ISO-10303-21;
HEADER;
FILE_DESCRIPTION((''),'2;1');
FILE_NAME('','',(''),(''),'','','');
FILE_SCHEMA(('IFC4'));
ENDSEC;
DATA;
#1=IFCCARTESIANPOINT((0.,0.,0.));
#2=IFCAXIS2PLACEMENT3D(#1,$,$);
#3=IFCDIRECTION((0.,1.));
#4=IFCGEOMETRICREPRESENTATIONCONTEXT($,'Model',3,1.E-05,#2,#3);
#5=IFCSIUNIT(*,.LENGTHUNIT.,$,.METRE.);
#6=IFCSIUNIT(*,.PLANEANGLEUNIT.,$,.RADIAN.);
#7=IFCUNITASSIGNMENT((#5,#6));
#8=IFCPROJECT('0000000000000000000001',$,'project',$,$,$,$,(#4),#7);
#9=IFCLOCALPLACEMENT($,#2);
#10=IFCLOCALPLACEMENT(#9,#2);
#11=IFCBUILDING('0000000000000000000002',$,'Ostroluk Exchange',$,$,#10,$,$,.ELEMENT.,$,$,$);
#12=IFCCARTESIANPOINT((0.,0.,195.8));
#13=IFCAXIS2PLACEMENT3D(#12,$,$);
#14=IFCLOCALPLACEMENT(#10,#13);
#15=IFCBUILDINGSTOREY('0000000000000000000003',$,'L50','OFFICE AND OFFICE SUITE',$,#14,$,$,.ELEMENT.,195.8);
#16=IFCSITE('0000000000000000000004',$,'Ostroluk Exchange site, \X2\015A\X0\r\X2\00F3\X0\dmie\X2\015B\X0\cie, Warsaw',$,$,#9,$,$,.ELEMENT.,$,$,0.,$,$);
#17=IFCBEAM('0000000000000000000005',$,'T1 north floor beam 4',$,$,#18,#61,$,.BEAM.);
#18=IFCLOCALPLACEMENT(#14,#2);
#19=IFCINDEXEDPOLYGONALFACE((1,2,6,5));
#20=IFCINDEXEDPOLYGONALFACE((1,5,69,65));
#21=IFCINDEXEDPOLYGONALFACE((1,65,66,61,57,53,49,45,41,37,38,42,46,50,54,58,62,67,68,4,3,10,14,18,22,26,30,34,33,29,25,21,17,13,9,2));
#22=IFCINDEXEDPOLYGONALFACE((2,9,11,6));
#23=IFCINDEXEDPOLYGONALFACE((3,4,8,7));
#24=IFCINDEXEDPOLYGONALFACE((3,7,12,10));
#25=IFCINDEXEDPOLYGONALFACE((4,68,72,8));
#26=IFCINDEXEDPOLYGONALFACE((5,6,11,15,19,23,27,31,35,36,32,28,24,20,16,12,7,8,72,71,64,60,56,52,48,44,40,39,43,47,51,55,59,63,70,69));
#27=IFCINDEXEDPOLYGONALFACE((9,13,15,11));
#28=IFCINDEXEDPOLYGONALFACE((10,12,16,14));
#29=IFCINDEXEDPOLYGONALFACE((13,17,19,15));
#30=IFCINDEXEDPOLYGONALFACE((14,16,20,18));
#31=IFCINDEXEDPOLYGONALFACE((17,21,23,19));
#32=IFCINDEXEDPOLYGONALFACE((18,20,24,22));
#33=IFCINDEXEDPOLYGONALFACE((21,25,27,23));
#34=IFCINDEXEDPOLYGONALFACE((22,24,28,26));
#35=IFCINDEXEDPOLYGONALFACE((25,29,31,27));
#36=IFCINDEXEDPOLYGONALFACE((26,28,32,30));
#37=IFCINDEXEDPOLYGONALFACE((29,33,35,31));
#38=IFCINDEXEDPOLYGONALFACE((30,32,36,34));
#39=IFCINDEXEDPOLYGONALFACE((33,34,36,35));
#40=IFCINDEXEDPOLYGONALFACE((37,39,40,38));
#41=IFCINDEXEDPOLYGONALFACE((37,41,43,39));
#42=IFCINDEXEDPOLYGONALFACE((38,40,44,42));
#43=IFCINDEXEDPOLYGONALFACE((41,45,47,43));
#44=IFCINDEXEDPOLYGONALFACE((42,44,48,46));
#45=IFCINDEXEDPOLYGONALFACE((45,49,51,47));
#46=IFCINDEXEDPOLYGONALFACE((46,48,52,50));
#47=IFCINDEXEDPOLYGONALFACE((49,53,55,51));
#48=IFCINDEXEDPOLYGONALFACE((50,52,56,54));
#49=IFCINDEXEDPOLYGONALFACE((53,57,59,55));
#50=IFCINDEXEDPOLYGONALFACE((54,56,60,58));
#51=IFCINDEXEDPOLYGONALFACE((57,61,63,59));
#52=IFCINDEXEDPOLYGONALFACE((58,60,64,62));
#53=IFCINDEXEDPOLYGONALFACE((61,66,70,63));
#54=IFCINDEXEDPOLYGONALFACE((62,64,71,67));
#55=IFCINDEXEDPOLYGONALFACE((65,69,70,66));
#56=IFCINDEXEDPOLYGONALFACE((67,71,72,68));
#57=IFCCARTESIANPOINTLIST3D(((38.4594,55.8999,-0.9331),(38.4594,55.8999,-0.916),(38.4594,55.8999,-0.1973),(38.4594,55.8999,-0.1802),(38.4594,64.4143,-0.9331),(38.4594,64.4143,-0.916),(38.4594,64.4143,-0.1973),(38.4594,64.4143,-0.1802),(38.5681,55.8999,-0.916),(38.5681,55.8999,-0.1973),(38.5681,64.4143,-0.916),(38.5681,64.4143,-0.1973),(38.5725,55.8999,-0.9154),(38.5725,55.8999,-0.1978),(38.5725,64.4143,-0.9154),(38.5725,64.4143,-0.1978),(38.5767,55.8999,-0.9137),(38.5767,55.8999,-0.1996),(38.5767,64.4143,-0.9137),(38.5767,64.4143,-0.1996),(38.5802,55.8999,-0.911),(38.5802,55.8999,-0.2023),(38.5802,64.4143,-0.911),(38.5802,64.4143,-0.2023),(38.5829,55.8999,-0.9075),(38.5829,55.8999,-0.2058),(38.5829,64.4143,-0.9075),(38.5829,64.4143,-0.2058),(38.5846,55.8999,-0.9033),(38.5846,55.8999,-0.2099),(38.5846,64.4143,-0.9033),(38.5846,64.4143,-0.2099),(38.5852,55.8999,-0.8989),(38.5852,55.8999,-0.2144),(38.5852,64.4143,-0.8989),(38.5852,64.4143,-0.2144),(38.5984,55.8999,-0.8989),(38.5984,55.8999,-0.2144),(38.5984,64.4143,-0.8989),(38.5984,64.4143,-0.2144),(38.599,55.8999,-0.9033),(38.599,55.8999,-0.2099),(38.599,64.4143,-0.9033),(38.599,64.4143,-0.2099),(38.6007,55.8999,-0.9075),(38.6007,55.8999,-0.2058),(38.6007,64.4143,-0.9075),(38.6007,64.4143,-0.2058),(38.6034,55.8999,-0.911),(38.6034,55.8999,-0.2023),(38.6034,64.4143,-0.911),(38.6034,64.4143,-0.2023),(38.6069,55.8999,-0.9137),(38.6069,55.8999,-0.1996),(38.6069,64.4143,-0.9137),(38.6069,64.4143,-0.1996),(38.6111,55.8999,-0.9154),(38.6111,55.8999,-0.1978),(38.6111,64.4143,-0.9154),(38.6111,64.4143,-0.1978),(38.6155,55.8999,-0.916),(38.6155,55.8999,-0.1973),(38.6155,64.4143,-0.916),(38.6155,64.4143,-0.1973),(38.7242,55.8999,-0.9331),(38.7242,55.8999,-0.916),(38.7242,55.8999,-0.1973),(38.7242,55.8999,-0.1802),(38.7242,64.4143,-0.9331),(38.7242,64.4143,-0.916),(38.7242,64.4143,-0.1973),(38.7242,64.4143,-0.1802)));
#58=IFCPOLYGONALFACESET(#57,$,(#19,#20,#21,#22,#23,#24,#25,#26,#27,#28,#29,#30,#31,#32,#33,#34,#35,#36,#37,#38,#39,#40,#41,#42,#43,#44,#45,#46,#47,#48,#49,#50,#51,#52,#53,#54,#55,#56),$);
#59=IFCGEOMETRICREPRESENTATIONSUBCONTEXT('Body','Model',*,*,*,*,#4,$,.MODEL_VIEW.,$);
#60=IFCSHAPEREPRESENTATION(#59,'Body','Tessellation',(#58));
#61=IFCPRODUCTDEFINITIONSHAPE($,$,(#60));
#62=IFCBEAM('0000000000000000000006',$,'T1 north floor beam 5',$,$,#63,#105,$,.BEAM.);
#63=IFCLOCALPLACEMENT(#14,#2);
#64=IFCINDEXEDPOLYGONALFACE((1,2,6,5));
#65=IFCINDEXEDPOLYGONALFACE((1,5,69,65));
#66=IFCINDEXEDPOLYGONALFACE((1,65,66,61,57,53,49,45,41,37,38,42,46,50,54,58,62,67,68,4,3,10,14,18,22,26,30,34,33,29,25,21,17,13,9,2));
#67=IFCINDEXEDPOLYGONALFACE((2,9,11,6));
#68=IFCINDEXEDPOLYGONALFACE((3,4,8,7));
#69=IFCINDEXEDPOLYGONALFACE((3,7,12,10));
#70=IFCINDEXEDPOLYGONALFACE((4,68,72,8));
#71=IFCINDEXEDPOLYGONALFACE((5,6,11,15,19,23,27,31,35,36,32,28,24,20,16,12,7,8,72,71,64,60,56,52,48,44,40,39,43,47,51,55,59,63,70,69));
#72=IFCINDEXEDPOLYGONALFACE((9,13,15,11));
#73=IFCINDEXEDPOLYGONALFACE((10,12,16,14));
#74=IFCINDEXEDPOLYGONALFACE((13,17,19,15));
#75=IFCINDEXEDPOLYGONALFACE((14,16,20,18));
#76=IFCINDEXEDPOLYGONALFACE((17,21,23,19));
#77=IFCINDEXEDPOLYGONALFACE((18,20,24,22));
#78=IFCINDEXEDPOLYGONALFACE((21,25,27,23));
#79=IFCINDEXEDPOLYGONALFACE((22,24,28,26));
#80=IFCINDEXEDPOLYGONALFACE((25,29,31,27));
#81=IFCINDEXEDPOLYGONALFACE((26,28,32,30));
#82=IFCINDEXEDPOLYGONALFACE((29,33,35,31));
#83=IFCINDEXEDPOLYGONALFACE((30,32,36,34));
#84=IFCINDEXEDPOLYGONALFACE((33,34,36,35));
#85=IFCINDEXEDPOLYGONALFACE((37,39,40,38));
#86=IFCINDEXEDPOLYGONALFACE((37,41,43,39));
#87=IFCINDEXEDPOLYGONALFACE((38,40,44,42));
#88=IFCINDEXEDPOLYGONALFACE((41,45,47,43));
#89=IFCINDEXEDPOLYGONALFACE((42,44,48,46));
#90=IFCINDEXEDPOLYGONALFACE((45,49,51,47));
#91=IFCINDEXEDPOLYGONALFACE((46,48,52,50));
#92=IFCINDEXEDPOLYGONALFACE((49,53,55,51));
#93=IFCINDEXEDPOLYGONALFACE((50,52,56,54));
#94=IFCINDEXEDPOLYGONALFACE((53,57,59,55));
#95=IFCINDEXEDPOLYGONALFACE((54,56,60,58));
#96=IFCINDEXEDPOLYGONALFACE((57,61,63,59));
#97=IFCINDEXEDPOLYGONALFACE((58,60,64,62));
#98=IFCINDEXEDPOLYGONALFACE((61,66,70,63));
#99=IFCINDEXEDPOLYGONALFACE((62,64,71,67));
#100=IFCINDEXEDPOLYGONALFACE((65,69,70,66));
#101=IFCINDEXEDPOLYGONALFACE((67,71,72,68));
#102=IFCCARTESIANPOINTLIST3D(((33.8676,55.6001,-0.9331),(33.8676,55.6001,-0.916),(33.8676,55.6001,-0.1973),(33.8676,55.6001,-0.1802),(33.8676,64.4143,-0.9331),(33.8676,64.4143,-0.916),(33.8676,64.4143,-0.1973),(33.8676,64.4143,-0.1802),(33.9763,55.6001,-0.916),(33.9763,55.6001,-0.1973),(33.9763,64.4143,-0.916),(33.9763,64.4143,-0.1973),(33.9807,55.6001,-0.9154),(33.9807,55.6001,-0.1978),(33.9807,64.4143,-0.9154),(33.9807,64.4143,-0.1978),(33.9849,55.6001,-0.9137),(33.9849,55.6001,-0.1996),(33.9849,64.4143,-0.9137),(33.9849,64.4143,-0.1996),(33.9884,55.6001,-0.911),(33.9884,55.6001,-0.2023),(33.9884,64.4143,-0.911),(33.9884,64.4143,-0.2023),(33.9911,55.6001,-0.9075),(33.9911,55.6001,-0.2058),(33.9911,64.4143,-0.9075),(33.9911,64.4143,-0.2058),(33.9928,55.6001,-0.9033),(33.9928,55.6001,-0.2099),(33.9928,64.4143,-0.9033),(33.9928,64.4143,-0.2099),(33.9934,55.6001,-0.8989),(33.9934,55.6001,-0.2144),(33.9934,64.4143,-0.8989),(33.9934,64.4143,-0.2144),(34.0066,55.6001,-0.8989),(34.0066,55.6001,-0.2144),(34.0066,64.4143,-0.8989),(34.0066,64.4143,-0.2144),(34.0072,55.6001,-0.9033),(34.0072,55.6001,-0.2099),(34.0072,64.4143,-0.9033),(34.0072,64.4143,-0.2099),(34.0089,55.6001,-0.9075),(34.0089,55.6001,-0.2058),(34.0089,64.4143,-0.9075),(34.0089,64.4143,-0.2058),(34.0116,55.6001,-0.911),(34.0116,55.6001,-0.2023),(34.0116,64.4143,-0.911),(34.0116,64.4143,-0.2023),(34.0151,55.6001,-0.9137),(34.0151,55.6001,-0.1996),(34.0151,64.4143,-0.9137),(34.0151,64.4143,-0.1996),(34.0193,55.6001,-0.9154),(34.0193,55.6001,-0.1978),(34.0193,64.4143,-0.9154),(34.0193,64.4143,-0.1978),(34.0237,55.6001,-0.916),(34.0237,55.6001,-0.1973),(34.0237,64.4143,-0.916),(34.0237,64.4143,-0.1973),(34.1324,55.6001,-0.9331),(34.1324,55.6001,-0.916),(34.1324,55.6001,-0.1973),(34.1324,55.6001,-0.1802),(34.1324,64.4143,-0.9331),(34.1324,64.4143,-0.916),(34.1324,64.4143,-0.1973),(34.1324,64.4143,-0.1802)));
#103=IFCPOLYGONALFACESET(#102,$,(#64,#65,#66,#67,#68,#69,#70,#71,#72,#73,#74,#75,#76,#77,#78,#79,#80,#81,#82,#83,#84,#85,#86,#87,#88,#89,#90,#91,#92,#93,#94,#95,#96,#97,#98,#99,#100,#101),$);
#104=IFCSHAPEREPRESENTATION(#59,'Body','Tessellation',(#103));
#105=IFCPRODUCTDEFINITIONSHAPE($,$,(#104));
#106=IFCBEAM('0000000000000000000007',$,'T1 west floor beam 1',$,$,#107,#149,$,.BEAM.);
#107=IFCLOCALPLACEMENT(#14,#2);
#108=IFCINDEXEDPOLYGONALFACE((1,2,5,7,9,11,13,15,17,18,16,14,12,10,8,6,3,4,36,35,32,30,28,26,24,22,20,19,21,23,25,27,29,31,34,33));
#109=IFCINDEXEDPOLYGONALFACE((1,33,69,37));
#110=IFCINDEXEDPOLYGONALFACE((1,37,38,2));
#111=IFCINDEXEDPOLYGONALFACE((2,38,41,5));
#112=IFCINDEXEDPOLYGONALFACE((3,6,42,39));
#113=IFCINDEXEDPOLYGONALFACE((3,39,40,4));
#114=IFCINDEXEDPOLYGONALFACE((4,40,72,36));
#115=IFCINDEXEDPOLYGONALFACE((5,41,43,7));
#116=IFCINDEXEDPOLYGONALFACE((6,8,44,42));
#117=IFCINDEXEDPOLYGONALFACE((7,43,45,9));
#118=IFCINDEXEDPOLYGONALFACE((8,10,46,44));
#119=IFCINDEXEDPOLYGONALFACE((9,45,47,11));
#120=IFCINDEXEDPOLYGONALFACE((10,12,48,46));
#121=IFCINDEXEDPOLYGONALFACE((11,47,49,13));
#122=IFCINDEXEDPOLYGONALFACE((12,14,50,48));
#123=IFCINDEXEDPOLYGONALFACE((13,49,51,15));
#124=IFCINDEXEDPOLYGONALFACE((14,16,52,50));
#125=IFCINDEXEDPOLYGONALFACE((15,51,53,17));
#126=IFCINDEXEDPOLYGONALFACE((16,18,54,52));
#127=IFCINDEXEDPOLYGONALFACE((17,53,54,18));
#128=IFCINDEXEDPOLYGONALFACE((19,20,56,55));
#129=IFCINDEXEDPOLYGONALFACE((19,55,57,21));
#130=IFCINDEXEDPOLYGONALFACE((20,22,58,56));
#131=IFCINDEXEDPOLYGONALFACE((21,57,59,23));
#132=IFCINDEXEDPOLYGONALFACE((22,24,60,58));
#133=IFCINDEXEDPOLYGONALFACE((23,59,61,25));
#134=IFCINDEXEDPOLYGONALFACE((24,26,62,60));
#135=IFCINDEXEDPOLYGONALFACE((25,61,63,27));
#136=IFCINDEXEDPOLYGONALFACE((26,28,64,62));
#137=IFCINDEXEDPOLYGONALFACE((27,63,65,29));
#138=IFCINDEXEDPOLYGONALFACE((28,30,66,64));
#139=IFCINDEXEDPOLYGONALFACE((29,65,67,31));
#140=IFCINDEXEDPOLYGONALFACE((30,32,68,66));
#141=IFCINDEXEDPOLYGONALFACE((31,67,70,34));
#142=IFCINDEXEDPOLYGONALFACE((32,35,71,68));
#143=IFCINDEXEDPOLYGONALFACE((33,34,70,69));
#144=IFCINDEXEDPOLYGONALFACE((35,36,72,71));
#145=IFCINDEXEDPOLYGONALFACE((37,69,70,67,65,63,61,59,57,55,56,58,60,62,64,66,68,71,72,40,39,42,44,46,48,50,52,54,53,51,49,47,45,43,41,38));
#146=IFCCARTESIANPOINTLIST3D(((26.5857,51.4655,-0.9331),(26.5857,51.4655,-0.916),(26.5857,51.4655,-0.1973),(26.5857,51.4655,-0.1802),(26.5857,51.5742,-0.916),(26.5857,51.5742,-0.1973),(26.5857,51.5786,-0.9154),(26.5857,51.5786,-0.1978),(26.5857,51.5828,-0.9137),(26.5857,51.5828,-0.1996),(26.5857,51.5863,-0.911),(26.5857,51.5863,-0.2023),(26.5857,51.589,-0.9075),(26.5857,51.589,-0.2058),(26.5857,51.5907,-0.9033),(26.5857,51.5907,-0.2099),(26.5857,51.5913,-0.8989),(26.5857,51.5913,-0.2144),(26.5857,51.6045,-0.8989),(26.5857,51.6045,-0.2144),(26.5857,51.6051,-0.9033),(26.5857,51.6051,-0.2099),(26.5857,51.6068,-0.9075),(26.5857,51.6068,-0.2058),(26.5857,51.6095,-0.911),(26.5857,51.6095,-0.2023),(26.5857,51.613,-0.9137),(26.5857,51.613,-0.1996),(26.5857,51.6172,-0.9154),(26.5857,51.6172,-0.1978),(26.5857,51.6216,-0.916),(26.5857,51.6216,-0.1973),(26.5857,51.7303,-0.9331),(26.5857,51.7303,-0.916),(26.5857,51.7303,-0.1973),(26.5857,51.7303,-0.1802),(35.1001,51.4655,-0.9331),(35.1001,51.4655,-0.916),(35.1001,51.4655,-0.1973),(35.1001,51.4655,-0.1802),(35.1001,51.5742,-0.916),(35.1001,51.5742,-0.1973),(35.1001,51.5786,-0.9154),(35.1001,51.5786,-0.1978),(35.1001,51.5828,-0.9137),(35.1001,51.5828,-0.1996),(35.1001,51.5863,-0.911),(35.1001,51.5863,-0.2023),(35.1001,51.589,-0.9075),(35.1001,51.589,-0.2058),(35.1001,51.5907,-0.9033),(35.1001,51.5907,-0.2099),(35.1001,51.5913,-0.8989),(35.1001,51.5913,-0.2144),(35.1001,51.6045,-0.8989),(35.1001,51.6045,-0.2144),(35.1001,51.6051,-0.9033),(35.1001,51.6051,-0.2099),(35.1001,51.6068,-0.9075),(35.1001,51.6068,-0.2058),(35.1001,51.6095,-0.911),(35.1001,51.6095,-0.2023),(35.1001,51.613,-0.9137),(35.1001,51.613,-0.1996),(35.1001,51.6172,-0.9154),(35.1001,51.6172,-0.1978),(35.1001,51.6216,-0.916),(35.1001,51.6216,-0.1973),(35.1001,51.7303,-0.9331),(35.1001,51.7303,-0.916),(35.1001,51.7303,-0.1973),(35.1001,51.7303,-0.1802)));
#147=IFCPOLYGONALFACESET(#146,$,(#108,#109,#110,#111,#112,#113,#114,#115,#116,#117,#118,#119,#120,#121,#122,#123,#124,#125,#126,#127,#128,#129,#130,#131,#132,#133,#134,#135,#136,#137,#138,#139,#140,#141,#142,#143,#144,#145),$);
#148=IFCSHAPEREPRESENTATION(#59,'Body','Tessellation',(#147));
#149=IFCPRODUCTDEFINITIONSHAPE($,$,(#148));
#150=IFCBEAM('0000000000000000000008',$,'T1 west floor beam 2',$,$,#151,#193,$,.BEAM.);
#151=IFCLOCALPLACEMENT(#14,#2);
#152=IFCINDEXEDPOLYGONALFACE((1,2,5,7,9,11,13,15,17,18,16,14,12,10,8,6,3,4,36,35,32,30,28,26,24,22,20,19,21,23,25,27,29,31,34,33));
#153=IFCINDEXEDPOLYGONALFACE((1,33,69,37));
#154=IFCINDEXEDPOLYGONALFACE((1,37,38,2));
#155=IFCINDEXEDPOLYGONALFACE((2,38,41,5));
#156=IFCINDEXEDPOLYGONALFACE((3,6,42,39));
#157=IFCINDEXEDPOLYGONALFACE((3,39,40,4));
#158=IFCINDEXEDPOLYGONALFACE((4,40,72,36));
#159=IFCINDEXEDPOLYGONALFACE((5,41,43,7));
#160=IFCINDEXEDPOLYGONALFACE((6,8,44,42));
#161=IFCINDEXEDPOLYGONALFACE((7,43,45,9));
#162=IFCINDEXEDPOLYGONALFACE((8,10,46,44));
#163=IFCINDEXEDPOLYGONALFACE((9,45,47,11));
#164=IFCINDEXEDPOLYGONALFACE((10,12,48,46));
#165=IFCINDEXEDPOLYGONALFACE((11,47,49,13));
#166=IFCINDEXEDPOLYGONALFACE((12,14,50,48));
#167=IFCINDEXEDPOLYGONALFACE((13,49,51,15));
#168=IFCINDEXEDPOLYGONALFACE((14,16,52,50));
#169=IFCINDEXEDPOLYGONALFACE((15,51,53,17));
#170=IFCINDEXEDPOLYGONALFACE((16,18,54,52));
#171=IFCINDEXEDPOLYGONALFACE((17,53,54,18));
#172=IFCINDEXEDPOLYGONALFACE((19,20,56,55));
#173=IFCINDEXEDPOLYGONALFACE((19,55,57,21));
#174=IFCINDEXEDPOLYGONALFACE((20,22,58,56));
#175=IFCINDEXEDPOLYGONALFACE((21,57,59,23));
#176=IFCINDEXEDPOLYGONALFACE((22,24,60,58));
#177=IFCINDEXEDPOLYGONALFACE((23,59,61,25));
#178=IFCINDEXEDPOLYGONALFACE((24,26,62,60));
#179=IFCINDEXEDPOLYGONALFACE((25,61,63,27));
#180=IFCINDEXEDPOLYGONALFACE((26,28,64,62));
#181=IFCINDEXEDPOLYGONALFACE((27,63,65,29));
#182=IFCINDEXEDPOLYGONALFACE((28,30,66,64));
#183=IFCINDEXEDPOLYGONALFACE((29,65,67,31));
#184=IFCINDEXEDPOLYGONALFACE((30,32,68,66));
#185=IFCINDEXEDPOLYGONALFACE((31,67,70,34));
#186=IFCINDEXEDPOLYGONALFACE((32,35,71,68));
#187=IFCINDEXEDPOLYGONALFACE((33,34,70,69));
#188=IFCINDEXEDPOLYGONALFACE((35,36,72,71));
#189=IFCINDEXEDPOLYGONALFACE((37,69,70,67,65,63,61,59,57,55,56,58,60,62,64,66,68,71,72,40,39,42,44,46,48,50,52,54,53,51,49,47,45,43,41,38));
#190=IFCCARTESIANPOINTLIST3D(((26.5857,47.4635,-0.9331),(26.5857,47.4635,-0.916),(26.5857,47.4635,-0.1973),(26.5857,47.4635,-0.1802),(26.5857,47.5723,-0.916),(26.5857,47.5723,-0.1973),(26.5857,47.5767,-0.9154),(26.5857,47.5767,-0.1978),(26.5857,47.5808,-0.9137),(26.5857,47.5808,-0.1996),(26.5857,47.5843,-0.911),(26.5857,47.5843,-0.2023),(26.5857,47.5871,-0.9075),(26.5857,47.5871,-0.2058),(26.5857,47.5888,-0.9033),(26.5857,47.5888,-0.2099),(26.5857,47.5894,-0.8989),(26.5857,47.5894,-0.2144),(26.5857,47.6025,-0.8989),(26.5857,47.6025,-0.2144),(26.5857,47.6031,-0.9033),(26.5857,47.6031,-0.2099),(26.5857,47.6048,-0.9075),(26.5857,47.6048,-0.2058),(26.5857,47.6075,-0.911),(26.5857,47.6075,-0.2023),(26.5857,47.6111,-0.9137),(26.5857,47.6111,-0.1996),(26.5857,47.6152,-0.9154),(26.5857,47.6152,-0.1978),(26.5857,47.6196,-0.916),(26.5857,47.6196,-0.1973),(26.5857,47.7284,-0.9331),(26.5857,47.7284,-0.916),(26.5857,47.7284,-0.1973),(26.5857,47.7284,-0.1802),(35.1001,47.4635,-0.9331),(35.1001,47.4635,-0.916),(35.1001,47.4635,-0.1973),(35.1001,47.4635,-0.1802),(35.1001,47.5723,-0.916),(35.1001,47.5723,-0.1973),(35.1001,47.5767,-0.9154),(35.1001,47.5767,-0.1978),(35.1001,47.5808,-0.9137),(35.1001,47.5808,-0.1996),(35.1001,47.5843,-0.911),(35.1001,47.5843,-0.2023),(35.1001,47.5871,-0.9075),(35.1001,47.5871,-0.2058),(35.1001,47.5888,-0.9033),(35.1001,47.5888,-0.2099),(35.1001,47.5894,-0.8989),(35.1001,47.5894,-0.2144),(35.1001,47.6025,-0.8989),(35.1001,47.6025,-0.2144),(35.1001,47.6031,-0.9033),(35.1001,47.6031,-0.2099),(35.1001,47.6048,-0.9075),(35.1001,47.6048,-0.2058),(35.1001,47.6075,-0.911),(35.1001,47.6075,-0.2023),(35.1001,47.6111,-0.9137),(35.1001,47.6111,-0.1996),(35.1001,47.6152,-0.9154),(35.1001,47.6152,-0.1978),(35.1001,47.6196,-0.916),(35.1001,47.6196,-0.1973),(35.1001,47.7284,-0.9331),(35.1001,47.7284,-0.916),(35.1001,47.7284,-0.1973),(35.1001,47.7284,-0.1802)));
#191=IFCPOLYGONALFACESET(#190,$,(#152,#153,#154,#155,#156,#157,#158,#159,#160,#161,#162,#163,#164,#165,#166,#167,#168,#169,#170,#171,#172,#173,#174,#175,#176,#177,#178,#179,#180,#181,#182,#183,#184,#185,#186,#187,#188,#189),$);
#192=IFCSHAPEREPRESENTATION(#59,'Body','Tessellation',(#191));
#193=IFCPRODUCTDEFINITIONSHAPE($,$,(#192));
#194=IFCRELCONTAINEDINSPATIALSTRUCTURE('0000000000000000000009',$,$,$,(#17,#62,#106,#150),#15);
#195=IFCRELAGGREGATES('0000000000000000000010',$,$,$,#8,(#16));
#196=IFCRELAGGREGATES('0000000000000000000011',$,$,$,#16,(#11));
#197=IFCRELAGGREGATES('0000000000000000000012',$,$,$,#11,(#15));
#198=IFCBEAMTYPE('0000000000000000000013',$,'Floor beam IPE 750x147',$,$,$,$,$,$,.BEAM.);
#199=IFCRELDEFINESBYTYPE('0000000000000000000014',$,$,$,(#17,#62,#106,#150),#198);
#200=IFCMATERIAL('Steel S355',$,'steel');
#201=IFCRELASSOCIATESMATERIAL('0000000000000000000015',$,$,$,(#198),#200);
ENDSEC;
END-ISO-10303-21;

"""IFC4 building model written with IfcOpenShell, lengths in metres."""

from ifc_helpers import new_model, si_unit, direction, frame, origin, origin_2d, place, context, subcontext, project, spatial, i_section, extrude, material, material_profile, profile_set, type_object, element, save


model = new_model("IFC4")

# Units and contexts
model_context = context("Model", 3, precision=1e-05, world=origin(), true_north=direction((0.0, 1.0)))
body_context = subcontext(model_context, "Body", "Model", "MODEL_VIEW")
ifc_project = project(units=[si_unit("LENGTHUNIT", "METRE"), si_unit("PLANEANGLEUNIT", "RADIAN")], contexts=[model_context])

# Site, building, storey
site_placement = place(None, origin())
site = spatial("IfcSite", under=ifc_project, at=site_placement, Name="Ostroluk Exchange site, Śródmieście, Warsaw", CompositionType="ELEMENT", RefElevation=0.0)
building_placement = place(site_placement, origin())
building = spatial("IfcBuilding", under=site, at=building_placement, Name="Ostroluk Exchange", CompositionType="ELEMENT")
storey_placement = place(building_placement, frame((0.0, 0.0, 195.8)))
storey = spatial("IfcBuildingStorey", under=building, at=storey_placement, Name="L50", Description="OFFICE AND OFFICE SUITE", CompositionType="ELEMENT", Elevation=195.8)

# Beams
ifc_material_1 = material(Name="Steel S355", Category="steel")
ifc_material_profile_1 = material_profile(ifc_material_1, i_section(OverallWidth=0.2649, OverallDepth=0.7529, WebThickness=0.0132, FlangeThickness=0.0171, FilletRadius=0.0171, at=origin_2d()), Name="IPE 750x147")
ifc_profile_set_1 = profile_set([ifc_material_profile_1], Name="Steel S355")
beam_type_1 = type_object("IfcBeamType", Name="Floor beam IPE 750x147", PredefinedType="BEAM", material=ifc_profile_set_1)
beam_1_placement = place(storey_placement, frame((38.5918, 55.8999, -0.5566), z_axis=(0.0, 1.0, 0.0), x_axis=(-1.0, 0.0, 0.0)))
element("IfcBeam", 1, at=beam_1_placement, inside=storey, type_object=beam_type_1, Name="T1 north floor beam 4", PredefinedType="BEAM", context=body_context, shape_type="SweptSolid", body=[
    extrude(i_section(OverallWidth=0.2649, OverallDepth=0.7529, WebThickness=0.0132, FlangeThickness=0.0171, FilletRadius=0.0171, at=origin_2d()), origin(), (0.0, 0.0, 1.0), 8.5144),
])
beam_2_placement = place(storey_placement, frame((34.0, 55.6001, -0.5566), z_axis=(0.0, 1.0, 0.0), x_axis=(-1.0, 0.0, 0.0)))
element("IfcBeam", 2, at=beam_2_placement, inside=storey, type_object=beam_type_1, Name="T1 north floor beam 5", PredefinedType="BEAM", context=body_context, shape_type="SweptSolid", body=[
    extrude(i_section(OverallWidth=0.2649, OverallDepth=0.7529, WebThickness=0.0132, FlangeThickness=0.0171, FilletRadius=0.0171, at=origin_2d()), origin(), (0.0, 0.0, 1.0), 8.8142),
])
for number, where, z_axis, x_axis, name in (
    (3, (35.1001, 51.5979, -0.5566), (-1.0, 0.0, 0.0), (0.0, -1.0, 0.0), "T1 west floor beam 1"),
    (4, (35.1001, 47.5959, -0.5566), (-1.0, 0.0, 0.0), (0.0, -1.0, 0.0), "T1 west floor beam 2"),
):
    element("IfcBeam", number, at=place(storey_placement, frame(where, z_axis=z_axis, x_axis=x_axis)), inside=storey, type_object=beam_type_1, Name=name, PredefinedType="BEAM", context=body_context, shape_type="SweptSolid", body=[
        extrude(i_section(OverallWidth=0.2649, OverallDepth=0.7529, WebThickness=0.0132, FlangeThickness=0.0171, FilletRadius=0.0171, at=origin_2d()), origin(), (0.0, 0.0, 1.0), 8.5144),
    ])

save(model, "model.ifc")
